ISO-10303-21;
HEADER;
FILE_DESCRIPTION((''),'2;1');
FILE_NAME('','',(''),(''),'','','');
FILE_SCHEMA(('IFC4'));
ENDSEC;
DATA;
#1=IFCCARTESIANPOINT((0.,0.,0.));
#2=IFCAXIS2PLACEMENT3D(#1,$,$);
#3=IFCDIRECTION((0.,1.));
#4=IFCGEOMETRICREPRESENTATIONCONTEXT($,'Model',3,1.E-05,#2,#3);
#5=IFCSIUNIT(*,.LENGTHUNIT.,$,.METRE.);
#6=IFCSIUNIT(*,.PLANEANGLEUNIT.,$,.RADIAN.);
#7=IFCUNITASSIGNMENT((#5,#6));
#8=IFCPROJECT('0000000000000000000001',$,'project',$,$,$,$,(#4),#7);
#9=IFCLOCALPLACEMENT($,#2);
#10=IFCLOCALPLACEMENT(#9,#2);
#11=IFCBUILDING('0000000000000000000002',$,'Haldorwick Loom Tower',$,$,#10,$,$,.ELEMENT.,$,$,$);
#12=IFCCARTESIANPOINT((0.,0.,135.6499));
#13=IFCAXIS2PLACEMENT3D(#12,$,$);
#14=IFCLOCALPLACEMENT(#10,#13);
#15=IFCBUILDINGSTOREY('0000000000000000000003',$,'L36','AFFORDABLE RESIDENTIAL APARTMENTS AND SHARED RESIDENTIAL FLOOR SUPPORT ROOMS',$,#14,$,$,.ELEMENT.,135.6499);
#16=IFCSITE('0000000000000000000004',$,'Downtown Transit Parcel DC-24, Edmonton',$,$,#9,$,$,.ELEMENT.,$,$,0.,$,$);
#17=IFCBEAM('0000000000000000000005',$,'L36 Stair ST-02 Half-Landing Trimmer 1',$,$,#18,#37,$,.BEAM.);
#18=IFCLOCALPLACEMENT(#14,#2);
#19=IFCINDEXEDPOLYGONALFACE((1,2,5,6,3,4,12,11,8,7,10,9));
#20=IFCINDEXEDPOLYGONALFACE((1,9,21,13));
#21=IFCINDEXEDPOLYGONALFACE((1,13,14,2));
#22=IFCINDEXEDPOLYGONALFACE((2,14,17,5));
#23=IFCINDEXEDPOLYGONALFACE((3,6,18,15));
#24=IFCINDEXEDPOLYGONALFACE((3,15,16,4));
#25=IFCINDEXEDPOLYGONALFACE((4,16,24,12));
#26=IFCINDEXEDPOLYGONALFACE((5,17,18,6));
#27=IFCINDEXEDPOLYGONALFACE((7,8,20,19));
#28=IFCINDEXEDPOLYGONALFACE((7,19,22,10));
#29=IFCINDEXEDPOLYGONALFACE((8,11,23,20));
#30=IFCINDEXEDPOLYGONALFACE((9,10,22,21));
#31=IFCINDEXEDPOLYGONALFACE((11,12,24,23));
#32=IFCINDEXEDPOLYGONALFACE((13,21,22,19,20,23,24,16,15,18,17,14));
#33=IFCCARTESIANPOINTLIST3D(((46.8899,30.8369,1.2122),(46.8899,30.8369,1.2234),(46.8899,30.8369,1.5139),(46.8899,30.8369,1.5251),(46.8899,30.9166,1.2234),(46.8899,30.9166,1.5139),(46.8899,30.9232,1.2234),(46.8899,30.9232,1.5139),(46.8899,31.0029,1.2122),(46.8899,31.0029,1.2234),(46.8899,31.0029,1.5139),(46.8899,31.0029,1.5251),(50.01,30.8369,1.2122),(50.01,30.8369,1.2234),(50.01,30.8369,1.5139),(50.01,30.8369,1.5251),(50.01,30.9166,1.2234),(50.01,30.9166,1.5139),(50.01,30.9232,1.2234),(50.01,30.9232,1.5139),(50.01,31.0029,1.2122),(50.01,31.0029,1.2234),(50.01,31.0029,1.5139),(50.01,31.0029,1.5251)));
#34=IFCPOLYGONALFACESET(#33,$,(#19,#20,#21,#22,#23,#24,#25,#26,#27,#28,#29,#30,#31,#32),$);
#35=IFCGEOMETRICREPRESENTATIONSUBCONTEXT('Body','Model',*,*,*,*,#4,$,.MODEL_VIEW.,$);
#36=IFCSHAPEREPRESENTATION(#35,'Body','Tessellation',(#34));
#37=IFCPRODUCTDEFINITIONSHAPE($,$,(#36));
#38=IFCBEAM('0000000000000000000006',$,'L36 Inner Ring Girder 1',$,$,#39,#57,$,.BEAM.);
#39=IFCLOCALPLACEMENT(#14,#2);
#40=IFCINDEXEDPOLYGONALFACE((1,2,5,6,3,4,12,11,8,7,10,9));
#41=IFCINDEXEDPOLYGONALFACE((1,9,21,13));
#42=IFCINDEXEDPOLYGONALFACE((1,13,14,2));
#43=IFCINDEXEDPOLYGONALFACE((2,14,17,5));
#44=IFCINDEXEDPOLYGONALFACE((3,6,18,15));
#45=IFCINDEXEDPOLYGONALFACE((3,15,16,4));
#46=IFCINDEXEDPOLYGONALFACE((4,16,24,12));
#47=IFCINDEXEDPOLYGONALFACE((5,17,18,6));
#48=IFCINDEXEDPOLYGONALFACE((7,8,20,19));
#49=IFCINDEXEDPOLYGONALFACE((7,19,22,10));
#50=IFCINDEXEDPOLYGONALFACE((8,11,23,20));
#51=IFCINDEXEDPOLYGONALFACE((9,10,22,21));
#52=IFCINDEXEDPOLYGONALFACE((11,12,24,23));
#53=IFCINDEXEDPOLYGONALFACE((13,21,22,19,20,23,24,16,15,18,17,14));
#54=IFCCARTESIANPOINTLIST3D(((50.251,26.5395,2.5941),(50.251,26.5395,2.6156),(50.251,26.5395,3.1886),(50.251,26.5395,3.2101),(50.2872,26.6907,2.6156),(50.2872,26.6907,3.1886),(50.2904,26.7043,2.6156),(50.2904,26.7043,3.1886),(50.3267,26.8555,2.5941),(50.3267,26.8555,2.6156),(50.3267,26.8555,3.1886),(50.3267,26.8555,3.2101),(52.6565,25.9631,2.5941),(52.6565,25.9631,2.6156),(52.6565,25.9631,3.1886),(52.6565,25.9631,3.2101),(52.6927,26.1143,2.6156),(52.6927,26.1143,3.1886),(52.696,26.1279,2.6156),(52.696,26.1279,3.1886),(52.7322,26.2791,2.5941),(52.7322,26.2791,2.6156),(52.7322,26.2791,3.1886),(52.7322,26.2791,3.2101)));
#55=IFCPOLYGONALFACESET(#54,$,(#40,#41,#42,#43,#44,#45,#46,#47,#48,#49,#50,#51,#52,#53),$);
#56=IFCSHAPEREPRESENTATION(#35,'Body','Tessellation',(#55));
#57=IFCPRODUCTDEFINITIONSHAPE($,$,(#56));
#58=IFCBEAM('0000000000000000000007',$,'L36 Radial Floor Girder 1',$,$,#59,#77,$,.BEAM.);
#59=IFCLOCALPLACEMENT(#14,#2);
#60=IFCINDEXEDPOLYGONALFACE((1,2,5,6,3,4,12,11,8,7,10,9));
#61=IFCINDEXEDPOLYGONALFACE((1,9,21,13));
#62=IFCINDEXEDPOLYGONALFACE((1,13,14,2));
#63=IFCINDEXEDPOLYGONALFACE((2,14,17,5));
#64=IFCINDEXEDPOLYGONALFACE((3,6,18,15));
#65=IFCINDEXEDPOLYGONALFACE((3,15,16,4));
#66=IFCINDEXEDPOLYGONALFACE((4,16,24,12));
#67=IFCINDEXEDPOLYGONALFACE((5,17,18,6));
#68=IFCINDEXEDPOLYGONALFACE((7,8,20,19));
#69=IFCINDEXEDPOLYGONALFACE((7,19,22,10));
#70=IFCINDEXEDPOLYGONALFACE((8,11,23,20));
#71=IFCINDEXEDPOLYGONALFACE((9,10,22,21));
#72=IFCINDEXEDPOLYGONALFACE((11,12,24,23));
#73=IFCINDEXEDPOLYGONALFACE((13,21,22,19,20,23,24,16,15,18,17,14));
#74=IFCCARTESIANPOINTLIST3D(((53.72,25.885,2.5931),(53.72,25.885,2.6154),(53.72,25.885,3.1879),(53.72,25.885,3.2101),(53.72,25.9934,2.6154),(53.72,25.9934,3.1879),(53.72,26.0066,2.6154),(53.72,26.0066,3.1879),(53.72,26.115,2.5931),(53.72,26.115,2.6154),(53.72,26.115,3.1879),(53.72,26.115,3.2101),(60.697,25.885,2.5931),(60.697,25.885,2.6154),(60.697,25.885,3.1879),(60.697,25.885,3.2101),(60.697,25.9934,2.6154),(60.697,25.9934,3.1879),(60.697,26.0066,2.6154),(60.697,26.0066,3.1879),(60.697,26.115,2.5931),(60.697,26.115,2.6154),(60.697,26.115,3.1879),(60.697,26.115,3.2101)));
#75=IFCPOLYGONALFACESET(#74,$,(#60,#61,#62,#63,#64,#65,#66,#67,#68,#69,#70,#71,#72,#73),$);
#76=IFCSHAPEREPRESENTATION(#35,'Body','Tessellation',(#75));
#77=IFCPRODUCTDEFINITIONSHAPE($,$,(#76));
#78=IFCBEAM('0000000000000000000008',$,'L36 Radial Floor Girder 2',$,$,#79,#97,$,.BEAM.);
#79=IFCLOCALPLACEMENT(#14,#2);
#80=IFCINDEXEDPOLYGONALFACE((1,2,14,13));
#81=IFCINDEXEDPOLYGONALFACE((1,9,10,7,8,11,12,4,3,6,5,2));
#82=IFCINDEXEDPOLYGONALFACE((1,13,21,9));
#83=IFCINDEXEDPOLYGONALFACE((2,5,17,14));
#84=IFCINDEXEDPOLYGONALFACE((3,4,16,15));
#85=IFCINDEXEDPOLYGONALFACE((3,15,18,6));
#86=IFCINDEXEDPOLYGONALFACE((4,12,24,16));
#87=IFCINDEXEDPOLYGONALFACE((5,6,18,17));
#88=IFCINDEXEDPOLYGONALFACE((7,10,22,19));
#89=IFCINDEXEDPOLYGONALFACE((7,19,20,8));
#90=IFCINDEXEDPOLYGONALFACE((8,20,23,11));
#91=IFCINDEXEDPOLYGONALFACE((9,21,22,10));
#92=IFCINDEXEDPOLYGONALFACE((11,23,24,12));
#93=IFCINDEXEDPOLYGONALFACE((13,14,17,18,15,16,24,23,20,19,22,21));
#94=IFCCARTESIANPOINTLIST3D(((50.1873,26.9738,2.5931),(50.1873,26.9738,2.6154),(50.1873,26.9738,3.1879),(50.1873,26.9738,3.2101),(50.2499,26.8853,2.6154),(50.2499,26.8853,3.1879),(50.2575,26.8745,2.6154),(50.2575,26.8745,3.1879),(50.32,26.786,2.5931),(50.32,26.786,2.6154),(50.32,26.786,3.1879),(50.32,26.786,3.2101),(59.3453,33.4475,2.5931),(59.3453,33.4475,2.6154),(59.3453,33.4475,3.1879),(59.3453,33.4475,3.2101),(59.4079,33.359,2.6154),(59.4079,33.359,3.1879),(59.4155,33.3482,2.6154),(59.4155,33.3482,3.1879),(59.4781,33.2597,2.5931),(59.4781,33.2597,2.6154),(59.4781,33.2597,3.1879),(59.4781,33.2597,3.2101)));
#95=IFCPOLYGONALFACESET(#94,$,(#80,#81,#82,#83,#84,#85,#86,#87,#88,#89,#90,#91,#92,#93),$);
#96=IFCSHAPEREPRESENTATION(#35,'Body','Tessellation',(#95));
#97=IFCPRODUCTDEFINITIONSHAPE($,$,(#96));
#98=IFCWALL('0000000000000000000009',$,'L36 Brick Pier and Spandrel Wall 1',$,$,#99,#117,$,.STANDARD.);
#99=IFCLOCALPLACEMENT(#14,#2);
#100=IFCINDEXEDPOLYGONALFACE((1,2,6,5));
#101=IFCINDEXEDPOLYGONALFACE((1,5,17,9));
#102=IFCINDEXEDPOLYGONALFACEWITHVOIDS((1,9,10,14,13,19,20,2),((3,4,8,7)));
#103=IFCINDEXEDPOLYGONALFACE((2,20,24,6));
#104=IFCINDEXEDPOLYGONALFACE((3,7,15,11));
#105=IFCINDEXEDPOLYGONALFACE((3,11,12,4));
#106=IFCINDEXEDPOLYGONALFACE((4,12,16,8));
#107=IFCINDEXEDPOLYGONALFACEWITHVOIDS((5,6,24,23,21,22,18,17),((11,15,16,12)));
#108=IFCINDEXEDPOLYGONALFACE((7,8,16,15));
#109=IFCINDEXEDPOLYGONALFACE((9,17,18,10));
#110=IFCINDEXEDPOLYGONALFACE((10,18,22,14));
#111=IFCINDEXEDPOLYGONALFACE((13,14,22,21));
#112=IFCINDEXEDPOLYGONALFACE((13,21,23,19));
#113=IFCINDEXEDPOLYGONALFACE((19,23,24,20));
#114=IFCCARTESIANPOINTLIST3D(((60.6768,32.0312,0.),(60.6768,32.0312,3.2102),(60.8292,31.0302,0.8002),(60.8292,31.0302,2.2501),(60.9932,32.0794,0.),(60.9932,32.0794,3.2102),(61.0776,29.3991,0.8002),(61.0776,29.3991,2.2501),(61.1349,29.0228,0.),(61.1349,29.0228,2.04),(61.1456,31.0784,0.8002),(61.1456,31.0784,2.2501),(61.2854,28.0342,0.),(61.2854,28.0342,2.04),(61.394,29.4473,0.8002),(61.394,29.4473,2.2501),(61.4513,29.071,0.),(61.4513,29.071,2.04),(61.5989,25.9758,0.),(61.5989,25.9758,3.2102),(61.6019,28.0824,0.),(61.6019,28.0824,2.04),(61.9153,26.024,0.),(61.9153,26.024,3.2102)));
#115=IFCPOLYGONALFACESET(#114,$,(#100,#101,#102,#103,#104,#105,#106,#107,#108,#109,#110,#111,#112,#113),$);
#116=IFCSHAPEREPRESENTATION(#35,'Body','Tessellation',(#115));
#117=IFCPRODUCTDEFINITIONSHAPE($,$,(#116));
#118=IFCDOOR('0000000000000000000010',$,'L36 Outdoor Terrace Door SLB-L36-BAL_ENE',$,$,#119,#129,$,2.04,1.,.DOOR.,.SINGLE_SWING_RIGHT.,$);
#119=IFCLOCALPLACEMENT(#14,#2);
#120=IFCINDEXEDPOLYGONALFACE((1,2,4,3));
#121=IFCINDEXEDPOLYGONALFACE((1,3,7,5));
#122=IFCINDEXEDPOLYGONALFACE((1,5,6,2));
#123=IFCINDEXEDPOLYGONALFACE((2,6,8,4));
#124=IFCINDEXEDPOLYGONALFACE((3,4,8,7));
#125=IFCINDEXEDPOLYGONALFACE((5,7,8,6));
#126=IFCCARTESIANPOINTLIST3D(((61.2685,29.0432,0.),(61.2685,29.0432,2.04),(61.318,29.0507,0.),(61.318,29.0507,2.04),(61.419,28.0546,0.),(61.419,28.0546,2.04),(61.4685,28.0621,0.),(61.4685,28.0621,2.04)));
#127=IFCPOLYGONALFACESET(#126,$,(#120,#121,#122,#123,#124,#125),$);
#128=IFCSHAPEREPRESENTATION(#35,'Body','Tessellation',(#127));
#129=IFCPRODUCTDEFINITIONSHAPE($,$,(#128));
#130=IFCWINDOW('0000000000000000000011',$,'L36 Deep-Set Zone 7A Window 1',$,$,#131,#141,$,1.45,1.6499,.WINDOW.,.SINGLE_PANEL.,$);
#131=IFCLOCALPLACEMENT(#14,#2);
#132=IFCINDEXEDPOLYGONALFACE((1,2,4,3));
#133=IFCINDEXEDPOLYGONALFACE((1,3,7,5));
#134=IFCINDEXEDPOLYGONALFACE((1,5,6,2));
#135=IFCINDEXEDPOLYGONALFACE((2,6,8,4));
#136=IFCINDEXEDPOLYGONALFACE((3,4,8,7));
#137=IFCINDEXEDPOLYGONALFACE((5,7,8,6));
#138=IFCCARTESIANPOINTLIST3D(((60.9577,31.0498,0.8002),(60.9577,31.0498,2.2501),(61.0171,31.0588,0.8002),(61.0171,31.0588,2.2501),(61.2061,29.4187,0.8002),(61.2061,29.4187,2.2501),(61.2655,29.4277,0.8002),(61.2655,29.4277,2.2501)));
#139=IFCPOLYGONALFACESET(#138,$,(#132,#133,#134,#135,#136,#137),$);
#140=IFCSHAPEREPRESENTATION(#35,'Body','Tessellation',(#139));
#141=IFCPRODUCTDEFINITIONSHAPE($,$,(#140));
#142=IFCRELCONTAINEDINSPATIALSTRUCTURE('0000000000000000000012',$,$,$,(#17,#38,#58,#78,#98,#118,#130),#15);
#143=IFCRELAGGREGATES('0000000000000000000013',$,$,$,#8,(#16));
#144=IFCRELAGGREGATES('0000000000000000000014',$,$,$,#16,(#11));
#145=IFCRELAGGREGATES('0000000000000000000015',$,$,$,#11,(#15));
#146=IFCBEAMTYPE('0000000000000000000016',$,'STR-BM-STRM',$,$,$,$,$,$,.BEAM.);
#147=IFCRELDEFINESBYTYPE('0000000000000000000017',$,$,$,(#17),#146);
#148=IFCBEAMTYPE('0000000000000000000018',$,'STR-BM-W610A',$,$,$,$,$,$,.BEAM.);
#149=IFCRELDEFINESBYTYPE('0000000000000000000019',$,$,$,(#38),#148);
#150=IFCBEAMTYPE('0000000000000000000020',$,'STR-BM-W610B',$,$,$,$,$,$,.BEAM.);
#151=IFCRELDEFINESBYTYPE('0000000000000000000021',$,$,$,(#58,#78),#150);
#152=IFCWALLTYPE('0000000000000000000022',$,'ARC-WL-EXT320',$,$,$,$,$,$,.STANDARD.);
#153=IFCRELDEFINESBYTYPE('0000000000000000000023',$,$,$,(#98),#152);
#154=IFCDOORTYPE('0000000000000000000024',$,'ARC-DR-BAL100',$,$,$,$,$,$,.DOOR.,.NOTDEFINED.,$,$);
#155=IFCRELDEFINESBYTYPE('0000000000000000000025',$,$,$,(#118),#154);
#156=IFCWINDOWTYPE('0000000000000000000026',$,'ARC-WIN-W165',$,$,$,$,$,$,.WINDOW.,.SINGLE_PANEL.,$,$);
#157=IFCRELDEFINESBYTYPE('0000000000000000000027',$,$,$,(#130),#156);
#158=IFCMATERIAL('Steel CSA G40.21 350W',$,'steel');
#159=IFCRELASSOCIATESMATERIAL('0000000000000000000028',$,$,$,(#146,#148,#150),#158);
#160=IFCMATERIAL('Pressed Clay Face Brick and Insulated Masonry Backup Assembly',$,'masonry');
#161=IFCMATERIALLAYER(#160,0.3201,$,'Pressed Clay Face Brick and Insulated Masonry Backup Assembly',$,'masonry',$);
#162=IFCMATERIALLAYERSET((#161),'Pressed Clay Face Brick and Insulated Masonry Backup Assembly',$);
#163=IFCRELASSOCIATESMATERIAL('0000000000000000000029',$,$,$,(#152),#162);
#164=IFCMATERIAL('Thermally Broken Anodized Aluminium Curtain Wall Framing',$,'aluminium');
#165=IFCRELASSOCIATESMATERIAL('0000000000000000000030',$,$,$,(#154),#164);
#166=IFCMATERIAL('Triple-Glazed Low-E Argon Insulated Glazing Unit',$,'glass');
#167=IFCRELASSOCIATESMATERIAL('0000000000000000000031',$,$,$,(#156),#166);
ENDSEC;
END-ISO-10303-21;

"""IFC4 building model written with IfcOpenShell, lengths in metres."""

from ifc_helpers import new_model, si_unit, direction, frame, frame_2d, origin, origin_2d, place, context, subcontext, project, spatial, rectangle, i_section, extrude, material, layer, layer_set, material_profile, profile_set, type_object, element, fill, save


model = new_model("IFC4")

# Units and contexts
model_context = context("Model", 3, precision=1e-05, world=origin(), true_north=direction((0.0, 1.0)))
body_context = subcontext(model_context, "Body", "Model", "MODEL_VIEW")
ifc_project = project(units=[si_unit("LENGTHUNIT", "METRE"), si_unit("PLANEANGLEUNIT", "RADIAN")], contexts=[model_context])

# Site, building, storey
site_placement = place(None, origin())
site = spatial("IfcSite", under=ifc_project, at=site_placement, Name="Downtown Transit Parcel DC-24, Edmonton", CompositionType="ELEMENT", RefElevation=0.0)
building_placement = place(site_placement, origin())
building = spatial("IfcBuilding", under=site, at=building_placement, Name="Haldorwick Loom Tower", CompositionType="ELEMENT")
storey_placement = place(building_placement, frame((0.0, 0.0, 135.6499)))
storey = spatial("IfcBuildingStorey", under=building, at=storey_placement, Name="L36", Description="AFFORDABLE RESIDENTIAL APARTMENTS AND SHARED RESIDENTIAL FLOOR SUPPORT ROOMS", CompositionType="ELEMENT", Elevation=135.6499)

# Beams
ifc_material_1 = material(Name="Steel CSA G40.21 350W", Category="steel")
ifc_material_profile_1 = material_profile(ifc_material_1, i_section(OverallWidth=0.166, OverallDepth=0.313, WebThickness=0.0066, FlangeThickness=0.0112, at=origin_2d()), Name="W310X45", Category="steel")
ifc_profile_set_1 = profile_set([ifc_material_profile_1], Name="Steel CSA G40.21 350W")
beam_type_1 = type_object("IfcBeamType", Name="STR-BM-STRM", PredefinedType="BEAM", material=ifc_profile_set_1)
beam_1_placement = place(storey_placement, frame((46.8899, 30.9199, 1.3687), z_axis=(1.0, 0.0, 0.0), x_axis=(0.0, 1.0, 0.0)))
element("IfcBeam", 1, at=beam_1_placement, inside=storey, type_object=beam_type_1, Name="L36 Stair ST-02 Half-Landing Trimmer 1", PredefinedType="BEAM", context=body_context, shape_type="SweptSolid", body=[
    extrude(i_section(OverallWidth=0.166, OverallDepth=0.313, WebThickness=0.0066, FlangeThickness=0.0112, at=origin_2d()), origin(), (0.0, 0.0, 1.0), 3.1201),
])
ifc_material_profile_2 = material_profile(ifc_material_1, i_section(OverallWidth=0.325, OverallDepth=0.616, WebThickness=0.0139, FlangeThickness=0.0215, at=origin_2d()), Name="W610X174", Category="steel")
ifc_profile_set_2 = profile_set([ifc_material_profile_2], Name="Steel CSA G40.21 350W")
beam_type_2 = type_object("IfcBeamType", Name="STR-BM-W610A", PredefinedType="BEAM", material=ifc_profile_set_2)
beam_2_placement = place(storey_placement, frame((50.2888, 26.6975, 2.9021), z_axis=(0.972471, -0.233026, 0.0), x_axis=(0.233026, 0.972471, 0.0)))
element("IfcBeam", 2, at=beam_2_placement, inside=storey, type_object=beam_type_2, Name="L36 Inner Ring Girder 1", PredefinedType="BEAM", context=body_context, shape_type="SweptSolid", body=[
    extrude(i_section(OverallWidth=0.325, OverallDepth=0.616, WebThickness=0.0139, FlangeThickness=0.0215, at=origin_2d()), origin(), (0.0, 0.0, 1.0), 2.4736),
])
ifc_material_profile_3 = material_profile(ifc_material_1, i_section(OverallWidth=0.23, OverallDepth=0.6169, WebThickness=0.0132, FlangeThickness=0.0222, at=origin_2d()), Name="W610X140", Category="steel")
ifc_profile_set_3 = profile_set([ifc_material_profile_3], Name="Steel CSA G40.21 350W")
beam_type_3 = type_object("IfcBeamType", Name="STR-BM-W610B", PredefinedType="BEAM", material=ifc_profile_set_3)
beam_3_placement = place(storey_placement, frame((53.72, 26.0, 2.9016), z_axis=(1.0, 0.0, 0.0), x_axis=(0.0, 1.0, 0.0)))
element("IfcBeam", 3, at=beam_3_placement, inside=storey, type_object=beam_type_3, Name="L36 Radial Floor Girder 1", PredefinedType="BEAM", context=body_context, shape_type="SweptSolid", body=[
    extrude(i_section(OverallWidth=0.23, OverallDepth=0.6169, WebThickness=0.0132, FlangeThickness=0.0222, at=origin_2d()), origin(), (0.0, 0.0, 1.0), 6.9771),
])
beam_4_placement = place(storey_placement, frame((50.2537, 26.8799, 2.9016), z_axis=(0.816582, 0.57723, 0.0), x_axis=(-0.57723, 0.816582, 0.0)))
element("IfcBeam", 4, at=beam_4_placement, inside=storey, type_object=beam_type_3, Name="L36 Radial Floor Girder 2", PredefinedType="BEAM", context=body_context, shape_type="SweptSolid", body=[
    extrude(i_section(OverallWidth=0.23, OverallDepth=0.6169, WebThickness=0.0132, FlangeThickness=0.0222, at=origin_2d()), origin(), (0.0, 0.0, 1.0), 11.2151),
])

# Wall, openings, door, window
ifc_material_2 = material(Name="Pressed Clay Face Brick and Insulated Masonry Backup Assembly", Category="masonry")
ifc_layer_1 = layer(ifc_material_2, 0.3201, Name="Pressed Clay Face Brick and Insulated Masonry Backup Assembly", Category="masonry")
ifc_layer_set_1 = layer_set([ifc_layer_1], Name="Pressed Clay Face Brick and Insulated Masonry Backup Assembly")
wall_type_1 = type_object("IfcWallType", Name="ARC-WL-EXT320", PredefinedType="STANDARD", material=ifc_layer_set_1)
wall_1_placement = place(storey_placement, frame((61.7571, 26.0, 0.0), z_axis=(0.0, 0.0, 1.0), x_axis=(-0.150544, 0.988603, 0.0)))
wall_1 = element("IfcWall", 5, at=wall_1_placement, inside=storey, type_object=wall_type_1, Name="L36 Brick Pier and Spandrel Wall 1", PredefinedType="STANDARD", context=body_context, shape_type="SweptSolid", body=[
    extrude(rectangle(XDim=6.1252, YDim=0.3201, at=frame_2d((3.0625, 0.0))), origin(), (0.0, 0.0, 1.0), 3.2102),
])
opening_1_placement = place(wall_1_placement, frame((2.082, 0.0, 0.0)))
opening_1 = element("IfcOpeningElement", 6, at=opening_1_placement, cuts=wall_1, PredefinedType="OPENING", context=body_context, shape_type="SweptSolid", body=[
    extrude(rectangle(XDim=1.0, YDim=2.04, at=frame_2d((0.5, 1.02))), frame((0.0, 0.1699, 0.0), z_axis=(0.0, -1.0, 0.0), x_axis=(1.0, 0.0, 0.0)), (0.0, 0.0, 1.0), 0.3401),
])
opening_2_placement = place(wall_1_placement, frame((3.4626, 0.0, 0.8)))
opening_2 = element("IfcOpeningElement", 7, at=opening_2_placement, cuts=wall_1, PredefinedType="OPENING", context=body_context, shape_type="SweptSolid", body=[
    extrude(rectangle(XDim=1.6499, YDim=1.45, at=frame_2d((0.825, 0.7251))), frame((0.0, 0.1699, 0.0), z_axis=(0.0, -1.0, 0.0), x_axis=(1.0, 0.0, 0.0)), (0.0, 0.0, 1.0), 0.3401),
])
ifc_material_3 = material(Name="Thermally Broken Anodized Aluminium Curtain Wall Framing", Category="aluminium")
door_type_1 = type_object("IfcDoorType", Name="ARC-DR-BAL100", OperationType="NOTDEFINED", PredefinedType="DOOR", material=ifc_material_3)
door_1_placement = place(opening_1_placement, origin())
door_1 = element("IfcDoor", 8, at=door_1_placement, inside=storey, type_object=door_type_1, Name="L36 Outdoor Terrace Door SLB-L36-BAL_ENE", OperationType="SINGLE_SWING_RIGHT", OverallHeight=2.04, OverallWidth=1.0, PredefinedType="DOOR", context=body_context, shape_type="SweptSolid", body=[
    extrude(rectangle(XDim=1.0, YDim=2.04, at=frame_2d((0.5, 1.02))), frame((0.0, 0.0249, 0.0), z_axis=(0.0, -1.0, 0.0), x_axis=(1.0, 0.0, 0.0)), (0.0, 0.0, 1.0), 0.05),
])
fill(opening_1, door_1)
ifc_material_4 = material(Name="Triple-Glazed Low-E Argon Insulated Glazing Unit", Category="glass")
window_type = type_object("IfcWindowType", Name="ARC-WIN-W165", PartitioningType="SINGLE_PANEL", PredefinedType="WINDOW", material=ifc_material_4)
window_placement = place(opening_2_placement, origin())
window = element("IfcWindow", 9, at=window_placement, inside=storey, type_object=window_type, Name="L36 Deep-Set Zone 7A Window 1", OverallHeight=1.45, OverallWidth=1.6499, PartitioningType="SINGLE_PANEL", PredefinedType="WINDOW", context=body_context, shape_type="SweptSolid", body=[
    extrude(rectangle(XDim=1.6499, YDim=1.45, at=frame_2d((0.825, 0.7251))), frame((0.0, 0.03, 0.0), z_axis=(0.0, -1.0, 0.0), x_axis=(1.0, 0.0, 0.0)), (0.0, 0.0, 1.0), 0.0601),
])
fill(opening_2, window)

save(model, "model.ifc")
